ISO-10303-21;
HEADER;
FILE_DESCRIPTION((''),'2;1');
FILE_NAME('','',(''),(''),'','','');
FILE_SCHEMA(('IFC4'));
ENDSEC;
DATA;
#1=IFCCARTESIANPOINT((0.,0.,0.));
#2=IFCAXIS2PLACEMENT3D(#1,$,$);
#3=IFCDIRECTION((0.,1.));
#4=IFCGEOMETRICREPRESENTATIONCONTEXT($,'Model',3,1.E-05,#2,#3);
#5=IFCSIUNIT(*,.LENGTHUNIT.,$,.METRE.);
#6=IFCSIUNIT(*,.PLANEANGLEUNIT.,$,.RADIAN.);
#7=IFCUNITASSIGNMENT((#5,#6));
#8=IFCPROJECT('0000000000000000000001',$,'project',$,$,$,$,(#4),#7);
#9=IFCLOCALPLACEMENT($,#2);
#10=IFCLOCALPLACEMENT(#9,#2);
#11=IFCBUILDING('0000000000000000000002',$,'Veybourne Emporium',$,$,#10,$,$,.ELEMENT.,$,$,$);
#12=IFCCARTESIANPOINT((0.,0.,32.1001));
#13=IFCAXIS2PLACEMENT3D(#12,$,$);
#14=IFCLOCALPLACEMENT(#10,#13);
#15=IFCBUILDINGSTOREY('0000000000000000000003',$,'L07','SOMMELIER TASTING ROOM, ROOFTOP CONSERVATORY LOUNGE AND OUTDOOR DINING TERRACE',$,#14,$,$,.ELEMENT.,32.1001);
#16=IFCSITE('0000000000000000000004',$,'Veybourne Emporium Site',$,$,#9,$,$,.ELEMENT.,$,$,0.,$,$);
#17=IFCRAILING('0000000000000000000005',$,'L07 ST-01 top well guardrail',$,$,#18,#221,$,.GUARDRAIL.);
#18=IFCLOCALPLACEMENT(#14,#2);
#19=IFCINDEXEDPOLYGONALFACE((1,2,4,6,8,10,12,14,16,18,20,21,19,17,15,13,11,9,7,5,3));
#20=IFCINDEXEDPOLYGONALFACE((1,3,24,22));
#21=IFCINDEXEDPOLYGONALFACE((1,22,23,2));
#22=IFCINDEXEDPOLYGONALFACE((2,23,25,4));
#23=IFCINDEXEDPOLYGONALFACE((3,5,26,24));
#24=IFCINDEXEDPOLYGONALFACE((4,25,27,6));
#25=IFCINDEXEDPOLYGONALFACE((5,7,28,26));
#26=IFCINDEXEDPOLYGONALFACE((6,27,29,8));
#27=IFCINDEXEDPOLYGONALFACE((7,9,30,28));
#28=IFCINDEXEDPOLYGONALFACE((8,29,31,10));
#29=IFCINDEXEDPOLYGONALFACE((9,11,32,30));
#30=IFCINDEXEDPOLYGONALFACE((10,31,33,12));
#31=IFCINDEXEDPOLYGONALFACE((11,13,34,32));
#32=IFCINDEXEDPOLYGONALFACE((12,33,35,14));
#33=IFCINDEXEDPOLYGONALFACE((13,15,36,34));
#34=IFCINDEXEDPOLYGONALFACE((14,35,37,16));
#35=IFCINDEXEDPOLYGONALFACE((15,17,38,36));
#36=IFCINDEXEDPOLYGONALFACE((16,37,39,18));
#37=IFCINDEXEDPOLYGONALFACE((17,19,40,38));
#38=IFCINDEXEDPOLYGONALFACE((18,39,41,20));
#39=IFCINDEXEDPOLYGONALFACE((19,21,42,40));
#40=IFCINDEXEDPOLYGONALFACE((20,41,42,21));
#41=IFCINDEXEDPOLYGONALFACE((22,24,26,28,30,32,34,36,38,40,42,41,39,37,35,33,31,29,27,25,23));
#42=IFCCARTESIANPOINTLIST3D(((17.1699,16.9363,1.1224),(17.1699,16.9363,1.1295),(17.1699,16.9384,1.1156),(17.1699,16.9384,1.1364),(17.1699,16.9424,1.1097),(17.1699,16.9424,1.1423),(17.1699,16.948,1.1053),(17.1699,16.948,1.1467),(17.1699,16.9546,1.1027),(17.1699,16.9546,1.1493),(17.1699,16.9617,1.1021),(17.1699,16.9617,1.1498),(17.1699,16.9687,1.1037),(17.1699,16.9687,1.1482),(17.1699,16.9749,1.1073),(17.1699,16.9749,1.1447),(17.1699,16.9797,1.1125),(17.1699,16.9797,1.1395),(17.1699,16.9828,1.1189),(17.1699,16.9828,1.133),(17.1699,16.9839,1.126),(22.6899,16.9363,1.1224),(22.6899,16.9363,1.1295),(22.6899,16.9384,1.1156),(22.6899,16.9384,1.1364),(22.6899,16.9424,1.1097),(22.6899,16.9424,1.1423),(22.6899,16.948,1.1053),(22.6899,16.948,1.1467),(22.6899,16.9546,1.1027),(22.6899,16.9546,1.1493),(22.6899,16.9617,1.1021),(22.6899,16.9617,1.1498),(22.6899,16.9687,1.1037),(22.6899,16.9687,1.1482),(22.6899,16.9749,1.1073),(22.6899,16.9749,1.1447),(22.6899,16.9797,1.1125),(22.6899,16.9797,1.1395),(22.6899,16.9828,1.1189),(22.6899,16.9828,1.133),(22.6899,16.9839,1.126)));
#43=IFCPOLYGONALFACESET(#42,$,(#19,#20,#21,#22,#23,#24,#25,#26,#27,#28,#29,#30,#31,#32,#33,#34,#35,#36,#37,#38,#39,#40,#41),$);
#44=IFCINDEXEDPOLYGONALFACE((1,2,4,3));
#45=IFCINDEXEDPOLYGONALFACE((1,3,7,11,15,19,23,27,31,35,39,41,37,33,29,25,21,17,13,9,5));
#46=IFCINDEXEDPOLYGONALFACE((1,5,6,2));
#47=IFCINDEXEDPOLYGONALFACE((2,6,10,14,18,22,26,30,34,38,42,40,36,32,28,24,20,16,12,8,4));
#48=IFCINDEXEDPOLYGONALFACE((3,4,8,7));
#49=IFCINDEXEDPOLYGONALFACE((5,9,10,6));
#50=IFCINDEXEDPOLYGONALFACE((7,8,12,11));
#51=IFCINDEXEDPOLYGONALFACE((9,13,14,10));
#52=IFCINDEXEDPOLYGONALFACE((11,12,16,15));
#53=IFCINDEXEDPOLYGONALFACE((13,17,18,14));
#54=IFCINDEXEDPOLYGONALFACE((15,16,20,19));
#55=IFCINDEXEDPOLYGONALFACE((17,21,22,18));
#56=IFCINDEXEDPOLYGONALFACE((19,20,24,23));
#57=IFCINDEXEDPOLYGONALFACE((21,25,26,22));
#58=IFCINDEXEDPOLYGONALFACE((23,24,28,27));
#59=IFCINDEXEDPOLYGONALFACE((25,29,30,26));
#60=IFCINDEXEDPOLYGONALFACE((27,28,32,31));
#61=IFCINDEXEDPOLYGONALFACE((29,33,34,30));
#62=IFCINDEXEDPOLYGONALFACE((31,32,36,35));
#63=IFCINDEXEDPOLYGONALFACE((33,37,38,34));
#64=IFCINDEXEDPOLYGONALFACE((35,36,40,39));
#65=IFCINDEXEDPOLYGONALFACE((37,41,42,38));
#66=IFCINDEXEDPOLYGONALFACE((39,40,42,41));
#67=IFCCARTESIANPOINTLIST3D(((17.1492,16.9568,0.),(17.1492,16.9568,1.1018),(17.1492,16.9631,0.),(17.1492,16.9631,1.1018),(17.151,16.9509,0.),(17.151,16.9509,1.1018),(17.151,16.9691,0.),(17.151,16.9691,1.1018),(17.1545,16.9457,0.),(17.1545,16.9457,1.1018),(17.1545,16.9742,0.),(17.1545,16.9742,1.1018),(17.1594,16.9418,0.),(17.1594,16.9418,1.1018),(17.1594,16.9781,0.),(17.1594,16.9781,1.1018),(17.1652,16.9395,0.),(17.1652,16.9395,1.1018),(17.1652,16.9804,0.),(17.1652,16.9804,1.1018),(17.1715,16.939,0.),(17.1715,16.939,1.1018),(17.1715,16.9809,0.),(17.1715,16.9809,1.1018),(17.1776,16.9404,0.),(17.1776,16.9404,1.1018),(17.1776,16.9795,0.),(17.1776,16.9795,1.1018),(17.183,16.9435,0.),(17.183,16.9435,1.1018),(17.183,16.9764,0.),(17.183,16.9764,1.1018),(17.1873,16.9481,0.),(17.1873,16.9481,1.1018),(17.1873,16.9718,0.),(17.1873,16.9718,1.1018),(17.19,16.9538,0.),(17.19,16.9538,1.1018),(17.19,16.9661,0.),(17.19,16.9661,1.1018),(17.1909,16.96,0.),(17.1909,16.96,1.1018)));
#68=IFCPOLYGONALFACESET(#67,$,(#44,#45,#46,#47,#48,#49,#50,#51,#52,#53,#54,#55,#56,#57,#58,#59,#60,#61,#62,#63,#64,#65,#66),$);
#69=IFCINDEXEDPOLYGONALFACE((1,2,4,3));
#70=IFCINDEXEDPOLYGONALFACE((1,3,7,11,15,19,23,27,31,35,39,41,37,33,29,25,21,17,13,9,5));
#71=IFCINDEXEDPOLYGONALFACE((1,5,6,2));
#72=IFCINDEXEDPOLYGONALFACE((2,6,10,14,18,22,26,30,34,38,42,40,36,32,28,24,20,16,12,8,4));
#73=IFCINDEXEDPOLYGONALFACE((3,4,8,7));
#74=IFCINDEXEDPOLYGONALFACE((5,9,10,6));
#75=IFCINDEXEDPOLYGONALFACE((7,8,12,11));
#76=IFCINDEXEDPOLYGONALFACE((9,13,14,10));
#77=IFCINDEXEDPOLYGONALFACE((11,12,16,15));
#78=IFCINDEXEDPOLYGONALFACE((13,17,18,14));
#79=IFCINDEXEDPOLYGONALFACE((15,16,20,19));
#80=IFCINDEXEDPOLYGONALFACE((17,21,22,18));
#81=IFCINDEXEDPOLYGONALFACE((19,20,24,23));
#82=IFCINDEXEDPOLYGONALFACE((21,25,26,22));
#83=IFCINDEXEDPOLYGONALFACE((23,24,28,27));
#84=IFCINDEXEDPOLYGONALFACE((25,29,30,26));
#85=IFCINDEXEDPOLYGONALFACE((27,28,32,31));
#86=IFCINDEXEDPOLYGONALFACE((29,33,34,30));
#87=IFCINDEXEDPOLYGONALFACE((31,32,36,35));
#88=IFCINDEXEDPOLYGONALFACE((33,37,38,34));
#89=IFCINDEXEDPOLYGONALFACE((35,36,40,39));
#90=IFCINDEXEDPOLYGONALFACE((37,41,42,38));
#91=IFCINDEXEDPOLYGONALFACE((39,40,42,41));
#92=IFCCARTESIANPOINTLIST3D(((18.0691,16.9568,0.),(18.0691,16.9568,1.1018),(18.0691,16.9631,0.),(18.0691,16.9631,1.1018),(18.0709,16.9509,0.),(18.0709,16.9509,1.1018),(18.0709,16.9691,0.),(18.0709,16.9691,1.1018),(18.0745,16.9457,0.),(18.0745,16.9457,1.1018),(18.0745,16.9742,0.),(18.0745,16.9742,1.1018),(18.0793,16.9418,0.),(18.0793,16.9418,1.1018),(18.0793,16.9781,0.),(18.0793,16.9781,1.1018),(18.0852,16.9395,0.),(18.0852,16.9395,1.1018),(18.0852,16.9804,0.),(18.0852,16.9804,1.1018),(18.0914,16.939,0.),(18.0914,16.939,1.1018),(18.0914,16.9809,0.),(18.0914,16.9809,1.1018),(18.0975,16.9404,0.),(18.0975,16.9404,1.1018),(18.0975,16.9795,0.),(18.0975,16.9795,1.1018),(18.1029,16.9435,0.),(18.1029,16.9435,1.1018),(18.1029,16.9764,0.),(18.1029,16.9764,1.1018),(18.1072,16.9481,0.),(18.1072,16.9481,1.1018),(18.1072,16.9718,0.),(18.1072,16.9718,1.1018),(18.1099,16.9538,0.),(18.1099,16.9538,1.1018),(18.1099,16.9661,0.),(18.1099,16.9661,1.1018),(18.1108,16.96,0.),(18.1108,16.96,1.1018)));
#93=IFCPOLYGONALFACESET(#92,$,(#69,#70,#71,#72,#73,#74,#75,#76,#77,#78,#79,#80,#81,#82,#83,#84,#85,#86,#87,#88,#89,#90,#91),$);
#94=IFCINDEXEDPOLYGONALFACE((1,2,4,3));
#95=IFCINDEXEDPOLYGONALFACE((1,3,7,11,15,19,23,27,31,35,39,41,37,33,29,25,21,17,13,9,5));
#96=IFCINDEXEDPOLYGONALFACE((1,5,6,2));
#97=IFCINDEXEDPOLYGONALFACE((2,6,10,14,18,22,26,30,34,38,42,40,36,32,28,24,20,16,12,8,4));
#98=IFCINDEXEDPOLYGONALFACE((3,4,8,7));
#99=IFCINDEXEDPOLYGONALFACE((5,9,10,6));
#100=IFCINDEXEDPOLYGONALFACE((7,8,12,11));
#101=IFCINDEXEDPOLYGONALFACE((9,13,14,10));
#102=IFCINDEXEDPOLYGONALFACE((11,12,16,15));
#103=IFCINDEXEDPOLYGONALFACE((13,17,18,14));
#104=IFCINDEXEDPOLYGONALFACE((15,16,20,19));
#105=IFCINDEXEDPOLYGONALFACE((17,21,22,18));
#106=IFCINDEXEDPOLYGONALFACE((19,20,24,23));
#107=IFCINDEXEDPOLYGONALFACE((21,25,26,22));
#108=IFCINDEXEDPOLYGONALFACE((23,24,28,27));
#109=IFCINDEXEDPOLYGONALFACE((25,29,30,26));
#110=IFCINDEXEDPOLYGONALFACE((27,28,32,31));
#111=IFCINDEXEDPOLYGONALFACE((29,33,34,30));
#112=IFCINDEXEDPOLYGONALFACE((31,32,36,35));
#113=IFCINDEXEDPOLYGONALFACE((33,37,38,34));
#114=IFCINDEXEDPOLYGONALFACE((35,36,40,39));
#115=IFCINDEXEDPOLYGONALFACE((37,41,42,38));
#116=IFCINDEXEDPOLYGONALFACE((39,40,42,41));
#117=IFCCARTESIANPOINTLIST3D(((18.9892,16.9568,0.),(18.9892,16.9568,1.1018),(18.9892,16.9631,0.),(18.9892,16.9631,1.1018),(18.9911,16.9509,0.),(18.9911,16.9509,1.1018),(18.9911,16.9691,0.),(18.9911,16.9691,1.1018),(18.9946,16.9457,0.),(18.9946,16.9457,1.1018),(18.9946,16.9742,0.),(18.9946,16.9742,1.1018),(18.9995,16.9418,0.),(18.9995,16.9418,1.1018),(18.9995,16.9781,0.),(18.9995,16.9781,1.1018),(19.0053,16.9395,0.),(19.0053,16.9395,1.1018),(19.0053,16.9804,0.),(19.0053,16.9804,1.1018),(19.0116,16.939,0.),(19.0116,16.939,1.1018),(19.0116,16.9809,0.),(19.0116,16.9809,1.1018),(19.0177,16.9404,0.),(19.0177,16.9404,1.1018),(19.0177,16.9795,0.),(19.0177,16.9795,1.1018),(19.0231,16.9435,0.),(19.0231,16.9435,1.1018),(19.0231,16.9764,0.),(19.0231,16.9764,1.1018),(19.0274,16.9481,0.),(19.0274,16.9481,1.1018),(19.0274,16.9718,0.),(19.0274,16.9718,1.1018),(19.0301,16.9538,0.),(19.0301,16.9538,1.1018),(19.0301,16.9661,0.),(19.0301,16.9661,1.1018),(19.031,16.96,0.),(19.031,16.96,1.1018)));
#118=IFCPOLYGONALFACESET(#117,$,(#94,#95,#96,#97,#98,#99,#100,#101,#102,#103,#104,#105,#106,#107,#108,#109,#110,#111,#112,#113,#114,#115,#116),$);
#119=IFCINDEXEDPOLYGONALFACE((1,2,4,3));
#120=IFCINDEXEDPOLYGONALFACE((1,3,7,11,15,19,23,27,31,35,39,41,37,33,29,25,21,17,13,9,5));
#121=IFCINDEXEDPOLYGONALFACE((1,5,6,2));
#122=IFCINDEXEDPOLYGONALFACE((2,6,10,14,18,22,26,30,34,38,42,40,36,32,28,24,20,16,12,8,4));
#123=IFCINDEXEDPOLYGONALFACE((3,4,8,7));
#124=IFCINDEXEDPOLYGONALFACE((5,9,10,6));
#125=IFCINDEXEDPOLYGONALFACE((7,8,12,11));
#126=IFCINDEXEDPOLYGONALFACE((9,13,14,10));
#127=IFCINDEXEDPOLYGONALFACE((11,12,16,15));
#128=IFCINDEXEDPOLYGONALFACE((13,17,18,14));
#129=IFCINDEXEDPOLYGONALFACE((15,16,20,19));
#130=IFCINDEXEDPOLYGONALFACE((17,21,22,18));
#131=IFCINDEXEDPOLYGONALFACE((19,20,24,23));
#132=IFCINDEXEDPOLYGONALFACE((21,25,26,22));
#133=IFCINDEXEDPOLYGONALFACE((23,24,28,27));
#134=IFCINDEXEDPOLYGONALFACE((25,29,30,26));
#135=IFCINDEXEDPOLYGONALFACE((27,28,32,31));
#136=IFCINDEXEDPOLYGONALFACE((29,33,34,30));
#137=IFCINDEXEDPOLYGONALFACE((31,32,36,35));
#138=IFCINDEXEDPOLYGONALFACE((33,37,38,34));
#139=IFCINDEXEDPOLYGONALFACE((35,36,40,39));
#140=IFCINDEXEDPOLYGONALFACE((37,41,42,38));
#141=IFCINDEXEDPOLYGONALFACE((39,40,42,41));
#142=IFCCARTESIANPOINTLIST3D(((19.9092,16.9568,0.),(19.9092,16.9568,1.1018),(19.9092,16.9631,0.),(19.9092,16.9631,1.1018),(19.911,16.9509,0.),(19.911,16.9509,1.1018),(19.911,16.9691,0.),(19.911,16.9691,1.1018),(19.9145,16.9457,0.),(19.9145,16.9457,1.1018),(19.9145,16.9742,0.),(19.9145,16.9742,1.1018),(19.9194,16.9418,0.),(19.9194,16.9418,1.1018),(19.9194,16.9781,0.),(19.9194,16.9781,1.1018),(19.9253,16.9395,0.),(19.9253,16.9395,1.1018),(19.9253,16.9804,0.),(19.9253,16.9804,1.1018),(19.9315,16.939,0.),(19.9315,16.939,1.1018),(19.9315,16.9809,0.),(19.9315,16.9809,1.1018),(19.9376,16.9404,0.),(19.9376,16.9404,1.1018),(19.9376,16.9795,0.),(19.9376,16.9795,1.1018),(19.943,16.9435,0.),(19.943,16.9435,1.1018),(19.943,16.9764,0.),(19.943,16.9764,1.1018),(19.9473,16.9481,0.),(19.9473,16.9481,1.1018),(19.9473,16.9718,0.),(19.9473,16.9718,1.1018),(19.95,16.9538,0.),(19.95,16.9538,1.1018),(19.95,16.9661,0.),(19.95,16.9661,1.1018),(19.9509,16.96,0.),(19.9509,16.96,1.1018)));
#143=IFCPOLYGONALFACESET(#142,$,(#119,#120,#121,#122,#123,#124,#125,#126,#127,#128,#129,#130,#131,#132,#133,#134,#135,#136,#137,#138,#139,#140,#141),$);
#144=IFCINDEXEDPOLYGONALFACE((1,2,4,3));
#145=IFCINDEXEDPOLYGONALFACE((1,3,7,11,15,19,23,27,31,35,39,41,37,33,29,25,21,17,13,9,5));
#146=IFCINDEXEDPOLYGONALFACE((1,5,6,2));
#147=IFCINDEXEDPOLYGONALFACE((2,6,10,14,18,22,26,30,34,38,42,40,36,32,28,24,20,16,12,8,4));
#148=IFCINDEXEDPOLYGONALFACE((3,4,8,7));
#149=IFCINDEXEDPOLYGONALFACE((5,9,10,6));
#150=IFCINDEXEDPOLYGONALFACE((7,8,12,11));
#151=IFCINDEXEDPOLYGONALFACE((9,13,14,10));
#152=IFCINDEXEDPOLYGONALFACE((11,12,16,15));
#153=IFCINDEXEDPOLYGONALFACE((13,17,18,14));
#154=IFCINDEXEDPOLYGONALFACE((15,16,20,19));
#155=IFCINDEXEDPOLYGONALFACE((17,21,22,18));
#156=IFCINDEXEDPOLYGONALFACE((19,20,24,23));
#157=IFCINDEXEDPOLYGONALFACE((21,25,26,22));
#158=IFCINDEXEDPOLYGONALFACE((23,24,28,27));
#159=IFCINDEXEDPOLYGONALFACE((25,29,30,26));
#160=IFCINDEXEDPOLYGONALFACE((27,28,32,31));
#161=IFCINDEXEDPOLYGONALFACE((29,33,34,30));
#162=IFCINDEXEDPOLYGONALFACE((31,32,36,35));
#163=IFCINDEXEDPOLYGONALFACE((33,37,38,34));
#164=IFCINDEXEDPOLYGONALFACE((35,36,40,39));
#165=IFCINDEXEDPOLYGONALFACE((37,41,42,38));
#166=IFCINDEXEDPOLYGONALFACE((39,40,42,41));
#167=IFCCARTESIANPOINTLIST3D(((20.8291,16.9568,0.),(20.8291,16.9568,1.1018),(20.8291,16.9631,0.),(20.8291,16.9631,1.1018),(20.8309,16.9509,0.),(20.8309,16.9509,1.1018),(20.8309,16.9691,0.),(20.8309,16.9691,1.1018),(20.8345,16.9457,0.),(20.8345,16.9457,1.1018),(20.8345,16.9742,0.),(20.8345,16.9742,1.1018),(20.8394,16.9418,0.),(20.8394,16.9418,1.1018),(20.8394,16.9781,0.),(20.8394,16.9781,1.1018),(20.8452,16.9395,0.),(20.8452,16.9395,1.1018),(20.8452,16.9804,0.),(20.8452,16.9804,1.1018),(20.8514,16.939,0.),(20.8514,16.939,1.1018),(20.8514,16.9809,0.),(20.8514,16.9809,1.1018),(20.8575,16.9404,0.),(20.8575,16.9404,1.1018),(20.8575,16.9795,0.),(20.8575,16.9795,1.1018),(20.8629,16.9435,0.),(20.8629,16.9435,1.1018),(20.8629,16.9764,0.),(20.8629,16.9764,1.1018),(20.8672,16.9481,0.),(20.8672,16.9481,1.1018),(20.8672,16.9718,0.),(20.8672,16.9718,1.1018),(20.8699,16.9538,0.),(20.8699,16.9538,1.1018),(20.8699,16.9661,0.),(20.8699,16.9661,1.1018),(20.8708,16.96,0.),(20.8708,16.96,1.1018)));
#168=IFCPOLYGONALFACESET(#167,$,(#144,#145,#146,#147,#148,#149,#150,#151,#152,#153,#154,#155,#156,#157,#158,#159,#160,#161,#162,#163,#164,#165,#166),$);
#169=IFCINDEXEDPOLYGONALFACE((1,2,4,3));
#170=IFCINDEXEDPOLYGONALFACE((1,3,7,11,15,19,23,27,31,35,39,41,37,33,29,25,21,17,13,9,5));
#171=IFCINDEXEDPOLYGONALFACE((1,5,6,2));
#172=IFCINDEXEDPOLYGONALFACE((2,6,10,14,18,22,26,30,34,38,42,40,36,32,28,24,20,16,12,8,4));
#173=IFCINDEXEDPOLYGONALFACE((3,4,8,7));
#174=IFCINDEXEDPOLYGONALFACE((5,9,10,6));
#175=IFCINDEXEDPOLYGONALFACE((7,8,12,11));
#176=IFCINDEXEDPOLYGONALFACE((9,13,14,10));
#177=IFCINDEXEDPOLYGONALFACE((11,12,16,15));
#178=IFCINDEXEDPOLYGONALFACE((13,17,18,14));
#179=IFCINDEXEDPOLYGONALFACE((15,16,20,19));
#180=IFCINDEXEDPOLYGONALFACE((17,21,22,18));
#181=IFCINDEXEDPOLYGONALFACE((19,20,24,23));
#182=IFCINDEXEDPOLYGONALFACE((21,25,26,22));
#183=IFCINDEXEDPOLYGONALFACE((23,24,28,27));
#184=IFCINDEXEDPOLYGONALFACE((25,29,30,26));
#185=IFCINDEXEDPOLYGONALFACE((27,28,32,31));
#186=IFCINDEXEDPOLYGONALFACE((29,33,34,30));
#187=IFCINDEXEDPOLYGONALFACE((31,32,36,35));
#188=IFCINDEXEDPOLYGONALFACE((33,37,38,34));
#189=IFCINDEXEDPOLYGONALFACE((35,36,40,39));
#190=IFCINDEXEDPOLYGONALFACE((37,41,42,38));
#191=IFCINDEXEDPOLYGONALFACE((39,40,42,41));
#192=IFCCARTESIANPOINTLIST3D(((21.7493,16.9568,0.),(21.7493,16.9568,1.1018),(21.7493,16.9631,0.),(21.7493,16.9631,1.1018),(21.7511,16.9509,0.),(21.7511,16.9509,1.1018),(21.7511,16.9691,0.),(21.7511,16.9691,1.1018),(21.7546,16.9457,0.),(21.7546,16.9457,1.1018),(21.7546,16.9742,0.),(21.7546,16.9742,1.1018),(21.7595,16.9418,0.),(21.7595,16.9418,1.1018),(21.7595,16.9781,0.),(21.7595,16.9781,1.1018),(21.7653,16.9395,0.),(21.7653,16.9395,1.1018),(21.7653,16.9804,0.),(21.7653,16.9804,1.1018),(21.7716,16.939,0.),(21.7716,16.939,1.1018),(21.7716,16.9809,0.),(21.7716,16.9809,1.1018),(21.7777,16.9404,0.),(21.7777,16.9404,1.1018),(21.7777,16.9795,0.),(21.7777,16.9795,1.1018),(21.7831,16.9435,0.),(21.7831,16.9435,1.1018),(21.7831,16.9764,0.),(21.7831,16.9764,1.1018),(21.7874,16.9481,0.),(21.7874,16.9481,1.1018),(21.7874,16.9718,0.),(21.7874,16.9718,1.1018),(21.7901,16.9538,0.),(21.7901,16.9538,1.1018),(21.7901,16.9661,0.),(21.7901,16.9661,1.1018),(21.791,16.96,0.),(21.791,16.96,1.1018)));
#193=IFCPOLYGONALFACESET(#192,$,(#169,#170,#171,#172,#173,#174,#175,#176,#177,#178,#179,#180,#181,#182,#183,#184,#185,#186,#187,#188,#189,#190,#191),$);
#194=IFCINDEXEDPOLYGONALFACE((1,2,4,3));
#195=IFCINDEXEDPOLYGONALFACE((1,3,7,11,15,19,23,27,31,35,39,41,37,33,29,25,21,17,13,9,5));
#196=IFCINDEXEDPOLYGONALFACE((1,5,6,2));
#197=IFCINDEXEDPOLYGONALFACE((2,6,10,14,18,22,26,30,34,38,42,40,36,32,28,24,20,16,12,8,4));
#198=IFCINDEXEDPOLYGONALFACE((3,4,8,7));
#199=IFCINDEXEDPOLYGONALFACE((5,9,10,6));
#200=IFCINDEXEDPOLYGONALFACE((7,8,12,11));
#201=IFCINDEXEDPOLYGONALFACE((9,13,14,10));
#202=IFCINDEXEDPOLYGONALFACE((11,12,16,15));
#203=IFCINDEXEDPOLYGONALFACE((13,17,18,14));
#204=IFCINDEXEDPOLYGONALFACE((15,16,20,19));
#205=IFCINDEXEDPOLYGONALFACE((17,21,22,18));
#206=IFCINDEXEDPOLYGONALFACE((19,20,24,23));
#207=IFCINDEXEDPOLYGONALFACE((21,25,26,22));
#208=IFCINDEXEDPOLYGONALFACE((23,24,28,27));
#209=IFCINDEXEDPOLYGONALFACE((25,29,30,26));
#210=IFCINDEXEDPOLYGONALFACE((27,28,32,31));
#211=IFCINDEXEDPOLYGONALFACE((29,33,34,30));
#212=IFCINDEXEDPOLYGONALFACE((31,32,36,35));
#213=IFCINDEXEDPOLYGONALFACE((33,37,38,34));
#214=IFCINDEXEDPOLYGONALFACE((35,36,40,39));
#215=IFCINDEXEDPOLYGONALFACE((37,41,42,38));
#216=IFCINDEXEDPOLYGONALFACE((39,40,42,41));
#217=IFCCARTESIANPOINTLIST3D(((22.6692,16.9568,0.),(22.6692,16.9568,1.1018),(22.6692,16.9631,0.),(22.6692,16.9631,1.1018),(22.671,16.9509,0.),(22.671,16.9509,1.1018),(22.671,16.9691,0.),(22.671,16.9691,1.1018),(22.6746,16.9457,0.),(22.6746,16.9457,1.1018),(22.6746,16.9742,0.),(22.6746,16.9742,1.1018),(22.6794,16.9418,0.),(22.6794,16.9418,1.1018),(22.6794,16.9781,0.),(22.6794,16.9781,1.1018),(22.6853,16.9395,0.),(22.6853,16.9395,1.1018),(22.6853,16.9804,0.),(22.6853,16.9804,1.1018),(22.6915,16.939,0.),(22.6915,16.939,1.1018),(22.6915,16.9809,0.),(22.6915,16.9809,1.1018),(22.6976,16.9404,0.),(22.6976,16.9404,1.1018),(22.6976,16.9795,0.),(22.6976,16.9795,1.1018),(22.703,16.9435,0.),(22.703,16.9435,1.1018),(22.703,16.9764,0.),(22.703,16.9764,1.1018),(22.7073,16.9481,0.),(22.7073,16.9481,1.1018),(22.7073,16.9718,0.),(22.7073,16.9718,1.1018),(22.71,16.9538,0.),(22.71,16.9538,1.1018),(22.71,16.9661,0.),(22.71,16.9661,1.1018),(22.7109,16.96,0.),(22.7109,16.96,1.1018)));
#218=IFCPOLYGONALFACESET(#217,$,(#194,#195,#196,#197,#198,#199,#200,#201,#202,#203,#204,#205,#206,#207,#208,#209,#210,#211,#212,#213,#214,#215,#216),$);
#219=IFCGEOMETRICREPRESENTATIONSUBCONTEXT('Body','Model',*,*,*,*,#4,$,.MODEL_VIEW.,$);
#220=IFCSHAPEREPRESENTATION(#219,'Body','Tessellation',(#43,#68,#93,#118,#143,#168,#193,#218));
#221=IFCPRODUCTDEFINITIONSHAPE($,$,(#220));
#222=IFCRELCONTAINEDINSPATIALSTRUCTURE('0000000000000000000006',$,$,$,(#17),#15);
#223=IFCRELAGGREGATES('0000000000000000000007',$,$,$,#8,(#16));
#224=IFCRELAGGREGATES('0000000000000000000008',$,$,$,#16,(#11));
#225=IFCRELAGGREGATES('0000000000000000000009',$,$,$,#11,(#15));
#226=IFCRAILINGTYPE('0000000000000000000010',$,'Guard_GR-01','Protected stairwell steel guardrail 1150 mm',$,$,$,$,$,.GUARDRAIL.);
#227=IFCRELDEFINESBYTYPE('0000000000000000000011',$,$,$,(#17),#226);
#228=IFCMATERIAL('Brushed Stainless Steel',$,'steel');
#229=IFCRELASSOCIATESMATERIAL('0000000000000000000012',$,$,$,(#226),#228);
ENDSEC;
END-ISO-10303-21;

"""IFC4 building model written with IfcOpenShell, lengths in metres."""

from ifc_helpers import new_model, si_unit, direction, frame, origin, origin_2d, place, context, subcontext, project, spatial, circle, extrude, material, type_object, element, save


model = new_model("IFC4")

# Units and contexts
model_context = context("Model", 3, precision=1e-05, world=origin(), true_north=direction((0.0, 1.0)))
body_context = subcontext(model_context, "Body", "Model", "MODEL_VIEW")
ifc_project = project(units=[si_unit("LENGTHUNIT", "METRE"), si_unit("PLANEANGLEUNIT", "RADIAN")], contexts=[model_context])

# Site, building, storey
site_placement = place(None, origin())
site = spatial("IfcSite", under=ifc_project, at=site_placement, Name="Veybourne Emporium Site", CompositionType="ELEMENT", RefElevation=0.0)
building_placement = place(site_placement, origin())
building = spatial("IfcBuilding", under=site, at=building_placement, Name="Veybourne Emporium", CompositionType="ELEMENT")
storey_placement = place(building_placement, frame((0.0, 0.0, 32.1001)))
storey = spatial("IfcBuildingStorey", under=building, at=storey_placement, Name="L07", Description="SOMMELIER TASTING ROOM, ROOFTOP CONSERVATORY LOUNGE AND OUTDOOR DINING TERRACE", CompositionType="ELEMENT", Elevation=32.1001)

# Railing
ifc_material_1 = material(Name="Brushed Stainless Steel", Category="steel")
railing_type = type_object("IfcRailingType", Name="Guard_GR-01", Description="Protected stairwell steel guardrail 1150 mm", PredefinedType="GUARDRAIL", material=ifc_material_1)
railing_placement = place(storey_placement, frame((17.1699, 16.96, 0.0)))
element("IfcRailing", 1, at=railing_placement, inside=storey, type_object=railing_type, Name="L07 ST-01 top well guardrail", PredefinedType="GUARDRAIL", context=body_context, shape_type="SweptSolid", body=[
    extrude(circle(Radius=0.0239, at=origin_2d()), frame((0.0, 0.0, 1.126), z_axis=(1.0, 0.0, 0.0), x_axis=(0.0, 1.0, 0.0)), (0.0, 0.0, 1.0), 5.52),
    extrude(circle(Radius=0.021, at=origin_2d()), origin(), (0.0, 0.0, 1.0), 1.1018),
    extrude(circle(Radius=0.021, at=origin_2d()), frame((0.9199, 0.0, 0.0)), (0.0, 0.0, 1.0), 1.1018),
    extrude(circle(Radius=0.021, at=origin_2d()), frame((1.8401, 0.0, 0.0)), (0.0, 0.0, 1.0), 1.1018),
    extrude(circle(Radius=0.021, at=origin_2d()), frame((2.76, 0.0, 0.0)), (0.0, 0.0, 1.0), 1.1018),
    extrude(circle(Radius=0.021, at=origin_2d()), frame((3.6799, 0.0, 0.0)), (0.0, 0.0, 1.0), 1.1018),
    extrude(circle(Radius=0.021, at=origin_2d()), frame((4.6001, 0.0, 0.0)), (0.0, 0.0, 1.0), 1.1018),
    extrude(circle(Radius=0.021, at=origin_2d()), frame((5.52, 0.0, 0.0)), (0.0, 0.0, 1.0), 1.1018),
])

save(model, "model.ifc")
